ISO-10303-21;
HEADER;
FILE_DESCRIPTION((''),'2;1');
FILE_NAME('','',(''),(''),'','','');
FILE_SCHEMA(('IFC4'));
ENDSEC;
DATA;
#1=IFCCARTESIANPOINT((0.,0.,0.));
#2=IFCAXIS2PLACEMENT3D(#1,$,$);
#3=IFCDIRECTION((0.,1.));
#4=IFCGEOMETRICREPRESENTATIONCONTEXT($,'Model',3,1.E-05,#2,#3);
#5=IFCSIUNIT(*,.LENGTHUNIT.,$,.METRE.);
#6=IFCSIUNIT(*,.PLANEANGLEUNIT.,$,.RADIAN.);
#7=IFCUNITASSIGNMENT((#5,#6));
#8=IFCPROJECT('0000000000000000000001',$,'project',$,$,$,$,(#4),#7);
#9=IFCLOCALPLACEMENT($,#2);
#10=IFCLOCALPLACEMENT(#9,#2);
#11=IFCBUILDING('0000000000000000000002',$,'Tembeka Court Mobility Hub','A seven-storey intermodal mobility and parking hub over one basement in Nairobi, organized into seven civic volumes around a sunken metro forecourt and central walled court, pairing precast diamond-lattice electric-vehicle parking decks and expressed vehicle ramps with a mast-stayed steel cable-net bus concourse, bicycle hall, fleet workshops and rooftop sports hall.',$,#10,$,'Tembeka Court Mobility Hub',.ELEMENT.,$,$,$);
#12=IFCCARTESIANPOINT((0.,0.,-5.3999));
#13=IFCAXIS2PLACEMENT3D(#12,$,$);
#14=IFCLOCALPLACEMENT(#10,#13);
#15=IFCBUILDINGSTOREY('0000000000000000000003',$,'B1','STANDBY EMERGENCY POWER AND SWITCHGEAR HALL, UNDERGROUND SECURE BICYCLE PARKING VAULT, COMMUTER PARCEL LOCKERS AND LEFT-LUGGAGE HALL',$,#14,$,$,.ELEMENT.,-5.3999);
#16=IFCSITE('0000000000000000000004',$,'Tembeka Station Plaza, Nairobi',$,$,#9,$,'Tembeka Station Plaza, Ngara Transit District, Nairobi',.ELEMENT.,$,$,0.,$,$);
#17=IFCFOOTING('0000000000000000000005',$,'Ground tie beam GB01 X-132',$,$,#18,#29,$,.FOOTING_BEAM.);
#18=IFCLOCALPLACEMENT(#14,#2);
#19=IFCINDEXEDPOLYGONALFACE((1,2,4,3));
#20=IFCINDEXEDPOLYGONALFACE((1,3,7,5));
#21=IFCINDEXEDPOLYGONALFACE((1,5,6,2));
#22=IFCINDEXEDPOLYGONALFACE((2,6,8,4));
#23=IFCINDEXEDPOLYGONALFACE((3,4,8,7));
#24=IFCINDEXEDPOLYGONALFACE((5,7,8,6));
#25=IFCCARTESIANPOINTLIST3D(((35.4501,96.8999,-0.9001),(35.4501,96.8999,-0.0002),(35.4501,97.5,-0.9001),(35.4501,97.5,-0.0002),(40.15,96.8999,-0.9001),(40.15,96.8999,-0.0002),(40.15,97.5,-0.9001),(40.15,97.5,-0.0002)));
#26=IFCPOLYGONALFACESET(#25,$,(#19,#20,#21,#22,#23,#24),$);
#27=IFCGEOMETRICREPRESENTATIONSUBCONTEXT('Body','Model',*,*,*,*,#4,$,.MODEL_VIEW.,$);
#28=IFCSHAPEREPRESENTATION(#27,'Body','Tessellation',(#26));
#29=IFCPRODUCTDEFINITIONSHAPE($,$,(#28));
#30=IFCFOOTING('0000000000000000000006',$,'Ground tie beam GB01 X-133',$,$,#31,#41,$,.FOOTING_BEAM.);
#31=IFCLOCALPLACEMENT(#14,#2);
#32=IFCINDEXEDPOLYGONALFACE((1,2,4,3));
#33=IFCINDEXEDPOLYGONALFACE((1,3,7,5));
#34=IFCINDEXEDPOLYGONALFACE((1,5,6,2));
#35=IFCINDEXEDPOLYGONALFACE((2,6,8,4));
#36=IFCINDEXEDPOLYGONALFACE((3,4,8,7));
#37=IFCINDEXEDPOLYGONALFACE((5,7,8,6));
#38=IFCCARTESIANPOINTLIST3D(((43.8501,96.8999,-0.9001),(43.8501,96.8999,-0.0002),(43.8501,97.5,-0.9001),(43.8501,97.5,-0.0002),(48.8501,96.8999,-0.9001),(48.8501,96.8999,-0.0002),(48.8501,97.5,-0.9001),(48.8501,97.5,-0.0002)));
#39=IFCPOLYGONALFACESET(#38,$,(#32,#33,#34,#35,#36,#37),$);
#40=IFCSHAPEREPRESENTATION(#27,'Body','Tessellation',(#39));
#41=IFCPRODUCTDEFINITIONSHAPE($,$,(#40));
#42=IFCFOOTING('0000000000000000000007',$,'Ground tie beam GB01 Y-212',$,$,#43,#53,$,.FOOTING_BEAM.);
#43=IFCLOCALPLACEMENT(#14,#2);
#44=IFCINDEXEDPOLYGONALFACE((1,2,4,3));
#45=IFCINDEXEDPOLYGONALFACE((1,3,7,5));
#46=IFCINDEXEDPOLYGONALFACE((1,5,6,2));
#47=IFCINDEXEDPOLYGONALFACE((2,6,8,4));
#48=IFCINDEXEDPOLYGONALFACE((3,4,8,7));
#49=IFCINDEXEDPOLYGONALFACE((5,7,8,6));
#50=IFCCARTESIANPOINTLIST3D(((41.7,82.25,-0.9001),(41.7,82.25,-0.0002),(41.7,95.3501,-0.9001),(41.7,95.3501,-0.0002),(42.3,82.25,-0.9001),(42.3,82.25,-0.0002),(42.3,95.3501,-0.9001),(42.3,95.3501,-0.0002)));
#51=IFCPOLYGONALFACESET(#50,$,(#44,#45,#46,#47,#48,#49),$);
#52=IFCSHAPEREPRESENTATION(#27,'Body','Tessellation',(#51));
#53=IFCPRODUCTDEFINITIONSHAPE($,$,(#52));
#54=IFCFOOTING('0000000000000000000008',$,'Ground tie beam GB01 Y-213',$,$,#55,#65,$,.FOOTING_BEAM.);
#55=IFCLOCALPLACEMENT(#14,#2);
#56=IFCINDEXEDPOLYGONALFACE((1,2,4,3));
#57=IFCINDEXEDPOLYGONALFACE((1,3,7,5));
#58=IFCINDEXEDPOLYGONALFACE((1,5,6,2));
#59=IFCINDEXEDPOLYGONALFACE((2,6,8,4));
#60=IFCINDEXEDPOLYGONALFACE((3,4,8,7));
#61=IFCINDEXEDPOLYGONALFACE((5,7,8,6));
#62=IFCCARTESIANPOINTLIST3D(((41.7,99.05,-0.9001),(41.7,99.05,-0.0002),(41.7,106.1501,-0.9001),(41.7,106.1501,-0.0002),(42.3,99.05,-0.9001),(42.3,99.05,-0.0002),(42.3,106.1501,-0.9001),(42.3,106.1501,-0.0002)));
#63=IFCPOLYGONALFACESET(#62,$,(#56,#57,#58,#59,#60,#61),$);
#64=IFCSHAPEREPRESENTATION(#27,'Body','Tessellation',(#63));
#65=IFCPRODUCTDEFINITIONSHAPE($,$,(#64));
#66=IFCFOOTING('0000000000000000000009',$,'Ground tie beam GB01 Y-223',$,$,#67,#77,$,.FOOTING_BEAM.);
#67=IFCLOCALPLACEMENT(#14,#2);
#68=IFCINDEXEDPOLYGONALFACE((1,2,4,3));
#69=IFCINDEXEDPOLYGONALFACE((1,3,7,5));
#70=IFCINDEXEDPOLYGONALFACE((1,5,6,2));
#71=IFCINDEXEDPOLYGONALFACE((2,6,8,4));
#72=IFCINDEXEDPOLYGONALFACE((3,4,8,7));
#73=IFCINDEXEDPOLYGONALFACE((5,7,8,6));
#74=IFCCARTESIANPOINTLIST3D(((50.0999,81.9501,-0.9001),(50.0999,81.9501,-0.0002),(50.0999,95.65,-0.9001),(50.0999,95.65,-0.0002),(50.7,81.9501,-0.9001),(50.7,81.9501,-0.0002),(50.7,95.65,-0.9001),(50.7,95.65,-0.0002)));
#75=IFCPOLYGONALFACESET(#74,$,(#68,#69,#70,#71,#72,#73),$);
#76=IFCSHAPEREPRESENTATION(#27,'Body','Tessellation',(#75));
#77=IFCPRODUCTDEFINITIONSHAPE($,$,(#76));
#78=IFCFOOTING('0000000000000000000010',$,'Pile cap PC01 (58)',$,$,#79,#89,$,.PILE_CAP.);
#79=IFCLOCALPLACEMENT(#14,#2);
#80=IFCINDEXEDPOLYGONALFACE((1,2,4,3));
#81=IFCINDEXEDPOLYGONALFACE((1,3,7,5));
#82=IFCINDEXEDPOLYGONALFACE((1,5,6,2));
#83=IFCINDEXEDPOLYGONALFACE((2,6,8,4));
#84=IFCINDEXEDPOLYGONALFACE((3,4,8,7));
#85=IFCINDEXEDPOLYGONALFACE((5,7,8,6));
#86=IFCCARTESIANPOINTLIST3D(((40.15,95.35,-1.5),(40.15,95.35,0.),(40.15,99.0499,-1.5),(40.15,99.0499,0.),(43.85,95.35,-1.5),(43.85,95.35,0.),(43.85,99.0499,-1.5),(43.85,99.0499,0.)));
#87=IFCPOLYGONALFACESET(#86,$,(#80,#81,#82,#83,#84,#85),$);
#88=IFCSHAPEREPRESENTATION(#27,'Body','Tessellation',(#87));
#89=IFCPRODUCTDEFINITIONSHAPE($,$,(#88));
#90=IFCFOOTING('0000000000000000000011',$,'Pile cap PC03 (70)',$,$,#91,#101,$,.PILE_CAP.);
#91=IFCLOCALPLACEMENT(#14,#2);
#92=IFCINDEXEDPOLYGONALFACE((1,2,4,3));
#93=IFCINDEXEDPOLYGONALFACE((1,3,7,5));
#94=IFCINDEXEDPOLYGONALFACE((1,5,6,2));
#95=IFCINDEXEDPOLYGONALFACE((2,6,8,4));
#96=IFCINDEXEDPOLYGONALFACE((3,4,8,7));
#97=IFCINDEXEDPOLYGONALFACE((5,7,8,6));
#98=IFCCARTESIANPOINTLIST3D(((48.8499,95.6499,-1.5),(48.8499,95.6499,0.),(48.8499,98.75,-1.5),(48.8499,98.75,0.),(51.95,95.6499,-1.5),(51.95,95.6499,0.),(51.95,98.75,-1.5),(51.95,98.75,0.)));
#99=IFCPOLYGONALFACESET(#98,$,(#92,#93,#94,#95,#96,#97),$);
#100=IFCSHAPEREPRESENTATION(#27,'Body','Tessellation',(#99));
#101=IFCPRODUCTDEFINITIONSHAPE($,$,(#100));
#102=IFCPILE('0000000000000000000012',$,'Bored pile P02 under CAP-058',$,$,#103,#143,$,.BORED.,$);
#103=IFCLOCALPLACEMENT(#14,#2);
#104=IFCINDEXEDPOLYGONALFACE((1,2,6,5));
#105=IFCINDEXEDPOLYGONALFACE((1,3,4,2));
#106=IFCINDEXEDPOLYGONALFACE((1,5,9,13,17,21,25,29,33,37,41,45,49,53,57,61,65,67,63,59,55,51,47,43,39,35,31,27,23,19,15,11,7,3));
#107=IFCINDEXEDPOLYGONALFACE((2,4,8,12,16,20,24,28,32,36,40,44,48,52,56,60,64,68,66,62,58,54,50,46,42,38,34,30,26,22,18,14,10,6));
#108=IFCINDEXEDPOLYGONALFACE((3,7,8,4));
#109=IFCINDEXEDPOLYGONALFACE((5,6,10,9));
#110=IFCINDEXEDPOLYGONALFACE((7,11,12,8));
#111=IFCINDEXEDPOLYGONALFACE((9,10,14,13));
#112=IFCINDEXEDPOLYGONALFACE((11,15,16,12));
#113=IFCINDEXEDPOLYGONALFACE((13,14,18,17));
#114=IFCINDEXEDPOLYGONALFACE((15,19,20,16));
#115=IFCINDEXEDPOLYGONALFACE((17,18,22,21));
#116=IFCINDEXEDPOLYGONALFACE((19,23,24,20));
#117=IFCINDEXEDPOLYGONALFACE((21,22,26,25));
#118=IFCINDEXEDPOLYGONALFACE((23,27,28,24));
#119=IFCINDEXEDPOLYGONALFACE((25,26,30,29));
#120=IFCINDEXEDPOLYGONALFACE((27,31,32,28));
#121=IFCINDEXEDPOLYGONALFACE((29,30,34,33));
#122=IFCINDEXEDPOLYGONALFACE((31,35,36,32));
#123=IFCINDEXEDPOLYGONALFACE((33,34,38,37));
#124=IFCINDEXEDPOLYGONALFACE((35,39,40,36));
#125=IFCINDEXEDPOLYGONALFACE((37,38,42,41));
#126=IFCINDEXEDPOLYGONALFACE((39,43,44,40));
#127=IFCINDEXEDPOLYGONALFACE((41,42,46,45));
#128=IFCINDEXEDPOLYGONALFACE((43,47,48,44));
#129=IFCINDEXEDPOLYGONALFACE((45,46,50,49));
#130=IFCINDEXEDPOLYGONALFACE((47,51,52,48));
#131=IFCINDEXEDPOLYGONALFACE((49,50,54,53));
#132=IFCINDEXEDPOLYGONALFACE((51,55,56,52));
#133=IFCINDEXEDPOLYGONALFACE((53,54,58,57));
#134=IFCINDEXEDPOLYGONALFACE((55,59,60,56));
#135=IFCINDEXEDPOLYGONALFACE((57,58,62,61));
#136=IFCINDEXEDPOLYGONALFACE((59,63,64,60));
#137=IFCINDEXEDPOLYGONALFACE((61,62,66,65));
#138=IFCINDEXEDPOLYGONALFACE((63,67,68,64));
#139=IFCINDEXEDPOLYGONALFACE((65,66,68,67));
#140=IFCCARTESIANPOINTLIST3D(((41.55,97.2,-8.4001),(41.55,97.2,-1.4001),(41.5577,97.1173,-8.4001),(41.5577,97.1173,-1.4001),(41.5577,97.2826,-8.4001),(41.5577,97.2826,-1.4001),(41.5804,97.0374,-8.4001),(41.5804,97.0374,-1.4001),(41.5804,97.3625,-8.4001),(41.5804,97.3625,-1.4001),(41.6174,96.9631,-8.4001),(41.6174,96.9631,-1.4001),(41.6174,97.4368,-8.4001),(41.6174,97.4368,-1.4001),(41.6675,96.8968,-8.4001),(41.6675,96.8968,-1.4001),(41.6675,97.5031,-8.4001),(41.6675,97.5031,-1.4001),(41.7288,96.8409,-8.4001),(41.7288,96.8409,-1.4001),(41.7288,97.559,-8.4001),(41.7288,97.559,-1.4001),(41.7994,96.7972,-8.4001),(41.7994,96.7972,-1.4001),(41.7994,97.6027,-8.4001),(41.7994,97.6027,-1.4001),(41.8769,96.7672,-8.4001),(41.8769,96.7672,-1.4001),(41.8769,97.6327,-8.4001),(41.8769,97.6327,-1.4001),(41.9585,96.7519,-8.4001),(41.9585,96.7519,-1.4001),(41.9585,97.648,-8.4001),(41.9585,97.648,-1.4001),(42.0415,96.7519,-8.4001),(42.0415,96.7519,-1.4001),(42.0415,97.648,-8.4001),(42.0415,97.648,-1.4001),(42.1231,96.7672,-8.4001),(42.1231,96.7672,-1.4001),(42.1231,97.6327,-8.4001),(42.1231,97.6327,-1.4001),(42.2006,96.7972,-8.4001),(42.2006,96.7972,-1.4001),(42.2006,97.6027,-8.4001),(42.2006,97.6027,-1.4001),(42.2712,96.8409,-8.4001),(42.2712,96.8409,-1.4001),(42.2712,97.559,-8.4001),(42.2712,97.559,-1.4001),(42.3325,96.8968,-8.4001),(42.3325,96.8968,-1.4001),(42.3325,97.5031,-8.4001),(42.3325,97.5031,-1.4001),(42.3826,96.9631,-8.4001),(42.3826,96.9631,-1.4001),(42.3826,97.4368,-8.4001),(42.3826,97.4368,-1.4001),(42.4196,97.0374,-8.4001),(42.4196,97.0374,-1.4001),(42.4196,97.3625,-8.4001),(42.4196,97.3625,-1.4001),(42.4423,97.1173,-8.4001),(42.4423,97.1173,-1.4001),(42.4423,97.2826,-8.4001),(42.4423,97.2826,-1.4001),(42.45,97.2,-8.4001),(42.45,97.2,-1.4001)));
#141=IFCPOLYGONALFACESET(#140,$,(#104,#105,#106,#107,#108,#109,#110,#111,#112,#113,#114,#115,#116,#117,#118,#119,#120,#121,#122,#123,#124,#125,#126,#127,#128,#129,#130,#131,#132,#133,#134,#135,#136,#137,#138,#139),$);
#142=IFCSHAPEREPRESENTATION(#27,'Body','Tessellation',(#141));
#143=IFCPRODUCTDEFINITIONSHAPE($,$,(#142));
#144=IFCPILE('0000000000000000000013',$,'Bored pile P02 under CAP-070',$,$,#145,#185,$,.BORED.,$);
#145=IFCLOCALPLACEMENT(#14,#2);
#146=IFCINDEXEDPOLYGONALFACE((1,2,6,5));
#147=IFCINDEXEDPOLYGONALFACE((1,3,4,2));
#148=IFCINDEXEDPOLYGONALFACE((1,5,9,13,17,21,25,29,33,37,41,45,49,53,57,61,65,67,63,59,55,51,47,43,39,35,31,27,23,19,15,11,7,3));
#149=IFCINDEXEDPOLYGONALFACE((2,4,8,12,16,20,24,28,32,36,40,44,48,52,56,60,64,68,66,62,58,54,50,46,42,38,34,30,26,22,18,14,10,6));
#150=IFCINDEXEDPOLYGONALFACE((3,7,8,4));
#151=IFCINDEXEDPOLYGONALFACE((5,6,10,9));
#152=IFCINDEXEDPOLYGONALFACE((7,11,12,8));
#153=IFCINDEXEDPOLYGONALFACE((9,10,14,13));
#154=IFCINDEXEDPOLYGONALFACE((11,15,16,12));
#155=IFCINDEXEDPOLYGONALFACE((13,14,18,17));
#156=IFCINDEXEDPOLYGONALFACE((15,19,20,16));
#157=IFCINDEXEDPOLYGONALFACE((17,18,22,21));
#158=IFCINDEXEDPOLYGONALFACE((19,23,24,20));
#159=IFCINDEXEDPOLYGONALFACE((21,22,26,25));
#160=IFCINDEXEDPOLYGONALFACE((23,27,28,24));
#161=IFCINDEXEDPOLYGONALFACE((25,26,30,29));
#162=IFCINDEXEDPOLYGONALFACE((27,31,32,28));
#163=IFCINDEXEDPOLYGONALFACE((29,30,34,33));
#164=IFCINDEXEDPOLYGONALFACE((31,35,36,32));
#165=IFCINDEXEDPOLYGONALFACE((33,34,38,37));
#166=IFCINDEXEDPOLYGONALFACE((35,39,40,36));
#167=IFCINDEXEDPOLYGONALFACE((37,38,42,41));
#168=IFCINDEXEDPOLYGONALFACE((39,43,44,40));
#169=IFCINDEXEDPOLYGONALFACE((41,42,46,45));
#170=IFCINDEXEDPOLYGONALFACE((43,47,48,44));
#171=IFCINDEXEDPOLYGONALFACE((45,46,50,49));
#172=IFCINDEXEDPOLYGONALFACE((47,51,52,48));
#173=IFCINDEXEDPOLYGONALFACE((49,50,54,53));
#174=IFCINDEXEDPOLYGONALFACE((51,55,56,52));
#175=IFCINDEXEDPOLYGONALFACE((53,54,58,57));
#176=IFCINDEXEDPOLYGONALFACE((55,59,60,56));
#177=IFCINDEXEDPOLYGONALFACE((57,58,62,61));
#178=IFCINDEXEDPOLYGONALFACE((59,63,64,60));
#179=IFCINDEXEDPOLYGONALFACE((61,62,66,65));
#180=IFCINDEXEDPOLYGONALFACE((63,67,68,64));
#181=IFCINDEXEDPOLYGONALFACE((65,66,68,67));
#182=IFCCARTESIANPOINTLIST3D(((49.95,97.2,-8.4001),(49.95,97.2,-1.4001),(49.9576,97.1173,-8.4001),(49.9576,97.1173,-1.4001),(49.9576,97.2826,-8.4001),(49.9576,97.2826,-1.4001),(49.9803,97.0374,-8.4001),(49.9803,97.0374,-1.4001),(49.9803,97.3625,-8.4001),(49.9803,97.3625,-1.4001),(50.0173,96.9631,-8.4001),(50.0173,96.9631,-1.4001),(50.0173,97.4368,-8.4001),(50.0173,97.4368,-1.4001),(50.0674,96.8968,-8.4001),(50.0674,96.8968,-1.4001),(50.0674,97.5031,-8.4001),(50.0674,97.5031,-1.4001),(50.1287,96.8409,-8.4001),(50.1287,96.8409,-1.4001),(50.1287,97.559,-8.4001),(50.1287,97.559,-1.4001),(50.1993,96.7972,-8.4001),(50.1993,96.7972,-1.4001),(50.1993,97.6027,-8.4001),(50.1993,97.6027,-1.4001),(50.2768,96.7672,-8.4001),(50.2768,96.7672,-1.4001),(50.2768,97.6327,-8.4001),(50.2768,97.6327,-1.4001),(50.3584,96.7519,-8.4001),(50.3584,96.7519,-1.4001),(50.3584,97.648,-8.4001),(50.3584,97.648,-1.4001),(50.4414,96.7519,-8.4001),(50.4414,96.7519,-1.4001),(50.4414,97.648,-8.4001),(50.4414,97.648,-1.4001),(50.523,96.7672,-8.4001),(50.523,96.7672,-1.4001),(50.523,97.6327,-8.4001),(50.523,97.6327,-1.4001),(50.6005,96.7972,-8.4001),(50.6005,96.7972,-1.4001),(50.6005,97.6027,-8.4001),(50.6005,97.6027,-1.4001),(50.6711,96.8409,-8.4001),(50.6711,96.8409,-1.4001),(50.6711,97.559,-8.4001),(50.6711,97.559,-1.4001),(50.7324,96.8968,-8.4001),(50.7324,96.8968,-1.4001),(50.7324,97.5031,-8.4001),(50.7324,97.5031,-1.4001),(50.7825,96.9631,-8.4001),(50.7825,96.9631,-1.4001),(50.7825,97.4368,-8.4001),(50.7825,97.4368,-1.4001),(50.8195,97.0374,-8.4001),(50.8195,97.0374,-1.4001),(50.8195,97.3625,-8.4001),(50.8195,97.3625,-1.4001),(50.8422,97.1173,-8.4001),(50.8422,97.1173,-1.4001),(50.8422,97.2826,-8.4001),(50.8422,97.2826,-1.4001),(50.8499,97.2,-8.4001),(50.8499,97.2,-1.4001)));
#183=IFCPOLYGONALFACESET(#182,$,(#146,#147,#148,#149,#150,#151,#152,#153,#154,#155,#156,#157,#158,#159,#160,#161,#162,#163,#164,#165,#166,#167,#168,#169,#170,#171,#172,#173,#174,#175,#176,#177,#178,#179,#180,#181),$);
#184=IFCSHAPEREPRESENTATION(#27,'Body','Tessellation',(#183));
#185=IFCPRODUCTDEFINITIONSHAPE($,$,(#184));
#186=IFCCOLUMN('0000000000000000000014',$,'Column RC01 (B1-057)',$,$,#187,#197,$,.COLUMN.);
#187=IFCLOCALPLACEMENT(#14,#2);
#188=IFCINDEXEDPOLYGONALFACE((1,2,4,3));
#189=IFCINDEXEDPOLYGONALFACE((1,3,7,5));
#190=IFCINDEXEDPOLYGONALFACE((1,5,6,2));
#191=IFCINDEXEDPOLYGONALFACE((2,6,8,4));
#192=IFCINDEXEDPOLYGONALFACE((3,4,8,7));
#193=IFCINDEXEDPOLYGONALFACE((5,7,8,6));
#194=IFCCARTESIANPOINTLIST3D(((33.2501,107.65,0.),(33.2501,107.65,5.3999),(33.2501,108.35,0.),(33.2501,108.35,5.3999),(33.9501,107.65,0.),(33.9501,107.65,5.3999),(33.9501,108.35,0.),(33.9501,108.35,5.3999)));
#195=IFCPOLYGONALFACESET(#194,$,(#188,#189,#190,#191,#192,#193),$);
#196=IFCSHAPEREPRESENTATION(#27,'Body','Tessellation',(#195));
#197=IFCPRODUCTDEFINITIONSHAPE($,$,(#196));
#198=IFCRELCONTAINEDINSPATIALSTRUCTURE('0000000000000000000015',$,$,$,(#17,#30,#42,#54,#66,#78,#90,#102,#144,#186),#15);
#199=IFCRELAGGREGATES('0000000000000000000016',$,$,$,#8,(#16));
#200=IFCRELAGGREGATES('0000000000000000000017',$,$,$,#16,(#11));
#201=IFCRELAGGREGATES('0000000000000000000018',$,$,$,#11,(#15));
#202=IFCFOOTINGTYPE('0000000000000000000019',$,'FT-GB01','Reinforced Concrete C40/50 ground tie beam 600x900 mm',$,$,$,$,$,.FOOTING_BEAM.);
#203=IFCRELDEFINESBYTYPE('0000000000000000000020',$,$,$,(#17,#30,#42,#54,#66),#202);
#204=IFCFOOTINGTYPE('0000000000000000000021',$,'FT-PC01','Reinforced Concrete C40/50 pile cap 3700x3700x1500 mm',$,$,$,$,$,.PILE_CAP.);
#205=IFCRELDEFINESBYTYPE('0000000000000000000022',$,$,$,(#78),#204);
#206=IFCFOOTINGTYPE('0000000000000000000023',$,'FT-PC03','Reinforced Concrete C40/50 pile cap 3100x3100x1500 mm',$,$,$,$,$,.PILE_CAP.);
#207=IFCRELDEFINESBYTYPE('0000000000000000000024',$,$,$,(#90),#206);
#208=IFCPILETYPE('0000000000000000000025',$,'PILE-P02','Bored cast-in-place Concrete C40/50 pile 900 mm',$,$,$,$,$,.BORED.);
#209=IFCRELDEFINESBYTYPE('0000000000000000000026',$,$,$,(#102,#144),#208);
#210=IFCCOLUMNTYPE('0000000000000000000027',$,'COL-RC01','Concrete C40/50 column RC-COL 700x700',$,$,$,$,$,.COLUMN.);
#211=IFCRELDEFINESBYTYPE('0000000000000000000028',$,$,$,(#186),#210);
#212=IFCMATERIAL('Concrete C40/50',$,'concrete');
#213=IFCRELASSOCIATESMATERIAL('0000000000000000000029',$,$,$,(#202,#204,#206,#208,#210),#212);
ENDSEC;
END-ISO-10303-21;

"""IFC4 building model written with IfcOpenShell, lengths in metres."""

from ifc_helpers import new_model, si_unit, direction, frame, origin, origin_2d, place, context, subcontext, project, spatial, rectangle, circle, extrude, material, material_profile, profile_set, type_object, element, save


model = new_model("IFC4")

# Units and contexts
model_context = context("Model", 3, precision=1e-05, world=origin(), true_north=direction((0.0, 1.0)))
body_context = subcontext(model_context, "Body", "Model", "MODEL_VIEW")
ifc_project = project(units=[si_unit("LENGTHUNIT", "METRE"), si_unit("PLANEANGLEUNIT", "RADIAN")], contexts=[model_context])

# Site, building, storey
site_placement = place(None, origin())
site = spatial("IfcSite", under=ifc_project, at=site_placement, Name="Tembeka Station Plaza, Nairobi", LongName="Tembeka Station Plaza, Ngara Transit District, Nairobi", CompositionType="ELEMENT", RefElevation=0.0)
building_placement = place(site_placement, origin())
building = spatial("IfcBuilding", under=site, at=building_placement, Name="Tembeka Court Mobility Hub", Description="A seven-storey intermodal mobility and parking hub over one basement in Nairobi, organized into seven civic volumes around a sunken metro forecourt and central walled court, pairing precast diamond-lattice electric-vehicle parking decks and expressed vehicle ramps with a mast-stayed steel cable-net bus concourse, bicycle hall, fleet workshops and rooftop sports hall.", LongName="Tembeka Court Mobility Hub", CompositionType="ELEMENT")
storey_placement = place(building_placement, frame((0.0, 0.0, -5.3999)))
storey = spatial("IfcBuildingStorey", under=building, at=storey_placement, Name="B1", Description="STANDBY EMERGENCY POWER AND SWITCHGEAR HALL, UNDERGROUND SECURE BICYCLE PARKING VAULT, COMMUTER PARCEL LOCKERS AND LEFT-LUGGAGE HALL", CompositionType="ELEMENT", Elevation=-5.3999)

# Footings
ifc_material_1 = material(Name="Concrete C40/50", Category="concrete")
footing_type_1 = type_object("IfcFootingType", Name="FT-GB01", Description="Reinforced Concrete C40/50 ground tie beam 600x900 mm", PredefinedType="FOOTING_BEAM", material=ifc_material_1)
footing_1_placement = place(storey_placement, frame((37.8, 97.2, -0.9001), z_axis=(0.0, 0.0, 1.0), x_axis=(1.0, 0.0, 0.0)))
element("IfcFooting", 1, at=footing_1_placement, inside=storey, type_object=footing_type_1, Name="Ground tie beam GB01 X-132", PredefinedType="FOOTING_BEAM", context=body_context, shape_type="SweptSolid", body=[
    extrude(rectangle(XDim=4.7, YDim=0.6001, at=origin_2d()), origin(), (0.0, 0.0, 1.0), 0.8999),
])
footing_2_placement = place(storey_placement, frame((46.3501, 97.2, -0.9001), z_axis=(0.0, 0.0, 1.0), x_axis=(1.0, 0.0, 0.0)))
element("IfcFooting", 2, at=footing_2_placement, inside=storey, type_object=footing_type_1, Name="Ground tie beam GB01 X-133", PredefinedType="FOOTING_BEAM", context=body_context, shape_type="SweptSolid", body=[
    extrude(rectangle(XDim=5.0, YDim=0.6001, at=origin_2d()), origin(), (0.0, 0.0, 1.0), 0.8999),
])
footing_3_placement = place(storey_placement, frame((42.0, 88.8, -0.9001), z_axis=(0.0, 0.0, 1.0), x_axis=(0.0, 1.0, 0.0)))
element("IfcFooting", 3, at=footing_3_placement, inside=storey, type_object=footing_type_1, Name="Ground tie beam GB01 Y-212", PredefinedType="FOOTING_BEAM", context=body_context, shape_type="SweptSolid", body=[
    extrude(rectangle(XDim=13.1001, YDim=0.6001, at=origin_2d()), origin(), (0.0, 0.0, 1.0), 0.8999),
])
footing_4_placement = place(storey_placement, frame((42.0, 102.6001, -0.9001), z_axis=(0.0, 0.0, 1.0), x_axis=(0.0, 1.0, 0.0)))
element("IfcFooting", 4, at=footing_4_placement, inside=storey, type_object=footing_type_1, Name="Ground tie beam GB01 Y-213", PredefinedType="FOOTING_BEAM", context=body_context, shape_type="SweptSolid", body=[
    extrude(rectangle(XDim=7.1001, YDim=0.6001, at=origin_2d()), origin(), (0.0, 0.0, 1.0), 0.8999),
])
footing_5_placement = place(storey_placement, frame((50.3999, 88.8, -0.9001), z_axis=(0.0, 0.0, 1.0), x_axis=(0.0, 1.0, 0.0)))
element("IfcFooting", 5, at=footing_5_placement, inside=storey, type_object=footing_type_1, Name="Ground tie beam GB01 Y-223", PredefinedType="FOOTING_BEAM", context=body_context, shape_type="SweptSolid", body=[
    extrude(rectangle(XDim=13.7, YDim=0.6001, at=origin_2d()), origin(), (0.0, 0.0, 1.0), 0.8999),
])
footing_type_2 = type_object("IfcFootingType", Name="FT-PC01", Description="Reinforced Concrete C40/50 pile cap 3700x3700x1500 mm", PredefinedType="PILE_CAP", material=ifc_material_1)
footing_6_placement = place(storey_placement, frame((42.0, 97.2, -1.5), z_axis=(0.0, 0.0, 1.0), x_axis=(1.0, 0.0, 0.0)))
element("IfcFooting", 6, at=footing_6_placement, inside=storey, type_object=footing_type_2, Name="Pile cap PC01 (58)", PredefinedType="PILE_CAP", context=body_context, shape_type="SweptSolid", body=[
    extrude(rectangle(XDim=3.7, YDim=3.7, at=origin_2d()), origin(), (0.0, 0.0, 1.0), 1.5),
])
footing_type_3 = type_object("IfcFootingType", Name="FT-PC03", Description="Reinforced Concrete C40/50 pile cap 3100x3100x1500 mm", PredefinedType="PILE_CAP", material=ifc_material_1)
footing_7_placement = place(storey_placement, frame((50.3999, 97.2, -1.5), z_axis=(0.0, 0.0, 1.0), x_axis=(1.0, 0.0, 0.0)))
element("IfcFooting", 7, at=footing_7_placement, inside=storey, type_object=footing_type_3, Name="Pile cap PC03 (70)", PredefinedType="PILE_CAP", context=body_context, shape_type="SweptSolid", body=[
    extrude(rectangle(XDim=3.1001, YDim=3.1001, at=origin_2d()), origin(), (0.0, 0.0, 1.0), 1.5),
])

# Piles
ifc_material_profile_1 = material_profile(ifc_material_1, circle(Radius=0.45, at=origin_2d()), Name="PILE D900")
ifc_profile_set_1 = profile_set([ifc_material_profile_1], Name="Concrete C40/50")
pile_type = type_object("IfcPileType", Name="PILE-P02", Description="Bored cast-in-place Concrete C40/50 pile 900 mm", PredefinedType="BORED", material=ifc_profile_set_1)
for number, where, z_axis, x_axis, name in (
    (8, (42.0, 97.2, -1.4001), (0.0, 0.0, -1.0), (1.0, 0.0, 0.0), "Bored pile P02 under CAP-058"),
    (9, (50.3999, 97.2, -1.4001), (0.0, 0.0, -1.0), (1.0, 0.0, 0.0), "Bored pile P02 under CAP-070"),
):
    element("IfcPile", number, at=place(storey_placement, frame(where, z_axis=z_axis, x_axis=x_axis)), inside=storey, type_object=pile_type, Name=name, PredefinedType="BORED", context=body_context, shape_type="SweptSolid", body=[
        extrude(circle(Radius=0.45, at=origin_2d()), origin(), (0.0, 0.0, 1.0), 7.0),
    ])

# Column
ifc_material_profile_2 = material_profile(ifc_material_1, rectangle(XDim=0.7, YDim=0.7, at=origin_2d()), Name="RC-COL 700x700")
ifc_profile_set_2 = profile_set([ifc_material_profile_2], Name="Concrete C40/50")
column_type = type_object("IfcColumnType", Name="COL-RC01", Description="Concrete C40/50 column RC-COL 700x700", PredefinedType="COLUMN", material=ifc_profile_set_2)
for number, where, z_axis, x_axis, name in (
    (10, (33.6001, 108.0, 0.0), (0.0, 0.0, 1.0), (1.0, 0.0, 0.0), "Column RC01 (B1-057)"),
):
    element("IfcColumn", number, at=place(storey_placement, frame(where, z_axis=z_axis, x_axis=x_axis)), inside=storey, type_object=column_type, Name=name, PredefinedType="COLUMN", context=body_context, shape_type="SweptSolid", body=[
        extrude(rectangle(XDim=0.7, YDim=0.7, at=origin_2d()), origin(), (0.0, 0.0, 1.0), 5.3999),
    ])

save(model, "model.ifc")
